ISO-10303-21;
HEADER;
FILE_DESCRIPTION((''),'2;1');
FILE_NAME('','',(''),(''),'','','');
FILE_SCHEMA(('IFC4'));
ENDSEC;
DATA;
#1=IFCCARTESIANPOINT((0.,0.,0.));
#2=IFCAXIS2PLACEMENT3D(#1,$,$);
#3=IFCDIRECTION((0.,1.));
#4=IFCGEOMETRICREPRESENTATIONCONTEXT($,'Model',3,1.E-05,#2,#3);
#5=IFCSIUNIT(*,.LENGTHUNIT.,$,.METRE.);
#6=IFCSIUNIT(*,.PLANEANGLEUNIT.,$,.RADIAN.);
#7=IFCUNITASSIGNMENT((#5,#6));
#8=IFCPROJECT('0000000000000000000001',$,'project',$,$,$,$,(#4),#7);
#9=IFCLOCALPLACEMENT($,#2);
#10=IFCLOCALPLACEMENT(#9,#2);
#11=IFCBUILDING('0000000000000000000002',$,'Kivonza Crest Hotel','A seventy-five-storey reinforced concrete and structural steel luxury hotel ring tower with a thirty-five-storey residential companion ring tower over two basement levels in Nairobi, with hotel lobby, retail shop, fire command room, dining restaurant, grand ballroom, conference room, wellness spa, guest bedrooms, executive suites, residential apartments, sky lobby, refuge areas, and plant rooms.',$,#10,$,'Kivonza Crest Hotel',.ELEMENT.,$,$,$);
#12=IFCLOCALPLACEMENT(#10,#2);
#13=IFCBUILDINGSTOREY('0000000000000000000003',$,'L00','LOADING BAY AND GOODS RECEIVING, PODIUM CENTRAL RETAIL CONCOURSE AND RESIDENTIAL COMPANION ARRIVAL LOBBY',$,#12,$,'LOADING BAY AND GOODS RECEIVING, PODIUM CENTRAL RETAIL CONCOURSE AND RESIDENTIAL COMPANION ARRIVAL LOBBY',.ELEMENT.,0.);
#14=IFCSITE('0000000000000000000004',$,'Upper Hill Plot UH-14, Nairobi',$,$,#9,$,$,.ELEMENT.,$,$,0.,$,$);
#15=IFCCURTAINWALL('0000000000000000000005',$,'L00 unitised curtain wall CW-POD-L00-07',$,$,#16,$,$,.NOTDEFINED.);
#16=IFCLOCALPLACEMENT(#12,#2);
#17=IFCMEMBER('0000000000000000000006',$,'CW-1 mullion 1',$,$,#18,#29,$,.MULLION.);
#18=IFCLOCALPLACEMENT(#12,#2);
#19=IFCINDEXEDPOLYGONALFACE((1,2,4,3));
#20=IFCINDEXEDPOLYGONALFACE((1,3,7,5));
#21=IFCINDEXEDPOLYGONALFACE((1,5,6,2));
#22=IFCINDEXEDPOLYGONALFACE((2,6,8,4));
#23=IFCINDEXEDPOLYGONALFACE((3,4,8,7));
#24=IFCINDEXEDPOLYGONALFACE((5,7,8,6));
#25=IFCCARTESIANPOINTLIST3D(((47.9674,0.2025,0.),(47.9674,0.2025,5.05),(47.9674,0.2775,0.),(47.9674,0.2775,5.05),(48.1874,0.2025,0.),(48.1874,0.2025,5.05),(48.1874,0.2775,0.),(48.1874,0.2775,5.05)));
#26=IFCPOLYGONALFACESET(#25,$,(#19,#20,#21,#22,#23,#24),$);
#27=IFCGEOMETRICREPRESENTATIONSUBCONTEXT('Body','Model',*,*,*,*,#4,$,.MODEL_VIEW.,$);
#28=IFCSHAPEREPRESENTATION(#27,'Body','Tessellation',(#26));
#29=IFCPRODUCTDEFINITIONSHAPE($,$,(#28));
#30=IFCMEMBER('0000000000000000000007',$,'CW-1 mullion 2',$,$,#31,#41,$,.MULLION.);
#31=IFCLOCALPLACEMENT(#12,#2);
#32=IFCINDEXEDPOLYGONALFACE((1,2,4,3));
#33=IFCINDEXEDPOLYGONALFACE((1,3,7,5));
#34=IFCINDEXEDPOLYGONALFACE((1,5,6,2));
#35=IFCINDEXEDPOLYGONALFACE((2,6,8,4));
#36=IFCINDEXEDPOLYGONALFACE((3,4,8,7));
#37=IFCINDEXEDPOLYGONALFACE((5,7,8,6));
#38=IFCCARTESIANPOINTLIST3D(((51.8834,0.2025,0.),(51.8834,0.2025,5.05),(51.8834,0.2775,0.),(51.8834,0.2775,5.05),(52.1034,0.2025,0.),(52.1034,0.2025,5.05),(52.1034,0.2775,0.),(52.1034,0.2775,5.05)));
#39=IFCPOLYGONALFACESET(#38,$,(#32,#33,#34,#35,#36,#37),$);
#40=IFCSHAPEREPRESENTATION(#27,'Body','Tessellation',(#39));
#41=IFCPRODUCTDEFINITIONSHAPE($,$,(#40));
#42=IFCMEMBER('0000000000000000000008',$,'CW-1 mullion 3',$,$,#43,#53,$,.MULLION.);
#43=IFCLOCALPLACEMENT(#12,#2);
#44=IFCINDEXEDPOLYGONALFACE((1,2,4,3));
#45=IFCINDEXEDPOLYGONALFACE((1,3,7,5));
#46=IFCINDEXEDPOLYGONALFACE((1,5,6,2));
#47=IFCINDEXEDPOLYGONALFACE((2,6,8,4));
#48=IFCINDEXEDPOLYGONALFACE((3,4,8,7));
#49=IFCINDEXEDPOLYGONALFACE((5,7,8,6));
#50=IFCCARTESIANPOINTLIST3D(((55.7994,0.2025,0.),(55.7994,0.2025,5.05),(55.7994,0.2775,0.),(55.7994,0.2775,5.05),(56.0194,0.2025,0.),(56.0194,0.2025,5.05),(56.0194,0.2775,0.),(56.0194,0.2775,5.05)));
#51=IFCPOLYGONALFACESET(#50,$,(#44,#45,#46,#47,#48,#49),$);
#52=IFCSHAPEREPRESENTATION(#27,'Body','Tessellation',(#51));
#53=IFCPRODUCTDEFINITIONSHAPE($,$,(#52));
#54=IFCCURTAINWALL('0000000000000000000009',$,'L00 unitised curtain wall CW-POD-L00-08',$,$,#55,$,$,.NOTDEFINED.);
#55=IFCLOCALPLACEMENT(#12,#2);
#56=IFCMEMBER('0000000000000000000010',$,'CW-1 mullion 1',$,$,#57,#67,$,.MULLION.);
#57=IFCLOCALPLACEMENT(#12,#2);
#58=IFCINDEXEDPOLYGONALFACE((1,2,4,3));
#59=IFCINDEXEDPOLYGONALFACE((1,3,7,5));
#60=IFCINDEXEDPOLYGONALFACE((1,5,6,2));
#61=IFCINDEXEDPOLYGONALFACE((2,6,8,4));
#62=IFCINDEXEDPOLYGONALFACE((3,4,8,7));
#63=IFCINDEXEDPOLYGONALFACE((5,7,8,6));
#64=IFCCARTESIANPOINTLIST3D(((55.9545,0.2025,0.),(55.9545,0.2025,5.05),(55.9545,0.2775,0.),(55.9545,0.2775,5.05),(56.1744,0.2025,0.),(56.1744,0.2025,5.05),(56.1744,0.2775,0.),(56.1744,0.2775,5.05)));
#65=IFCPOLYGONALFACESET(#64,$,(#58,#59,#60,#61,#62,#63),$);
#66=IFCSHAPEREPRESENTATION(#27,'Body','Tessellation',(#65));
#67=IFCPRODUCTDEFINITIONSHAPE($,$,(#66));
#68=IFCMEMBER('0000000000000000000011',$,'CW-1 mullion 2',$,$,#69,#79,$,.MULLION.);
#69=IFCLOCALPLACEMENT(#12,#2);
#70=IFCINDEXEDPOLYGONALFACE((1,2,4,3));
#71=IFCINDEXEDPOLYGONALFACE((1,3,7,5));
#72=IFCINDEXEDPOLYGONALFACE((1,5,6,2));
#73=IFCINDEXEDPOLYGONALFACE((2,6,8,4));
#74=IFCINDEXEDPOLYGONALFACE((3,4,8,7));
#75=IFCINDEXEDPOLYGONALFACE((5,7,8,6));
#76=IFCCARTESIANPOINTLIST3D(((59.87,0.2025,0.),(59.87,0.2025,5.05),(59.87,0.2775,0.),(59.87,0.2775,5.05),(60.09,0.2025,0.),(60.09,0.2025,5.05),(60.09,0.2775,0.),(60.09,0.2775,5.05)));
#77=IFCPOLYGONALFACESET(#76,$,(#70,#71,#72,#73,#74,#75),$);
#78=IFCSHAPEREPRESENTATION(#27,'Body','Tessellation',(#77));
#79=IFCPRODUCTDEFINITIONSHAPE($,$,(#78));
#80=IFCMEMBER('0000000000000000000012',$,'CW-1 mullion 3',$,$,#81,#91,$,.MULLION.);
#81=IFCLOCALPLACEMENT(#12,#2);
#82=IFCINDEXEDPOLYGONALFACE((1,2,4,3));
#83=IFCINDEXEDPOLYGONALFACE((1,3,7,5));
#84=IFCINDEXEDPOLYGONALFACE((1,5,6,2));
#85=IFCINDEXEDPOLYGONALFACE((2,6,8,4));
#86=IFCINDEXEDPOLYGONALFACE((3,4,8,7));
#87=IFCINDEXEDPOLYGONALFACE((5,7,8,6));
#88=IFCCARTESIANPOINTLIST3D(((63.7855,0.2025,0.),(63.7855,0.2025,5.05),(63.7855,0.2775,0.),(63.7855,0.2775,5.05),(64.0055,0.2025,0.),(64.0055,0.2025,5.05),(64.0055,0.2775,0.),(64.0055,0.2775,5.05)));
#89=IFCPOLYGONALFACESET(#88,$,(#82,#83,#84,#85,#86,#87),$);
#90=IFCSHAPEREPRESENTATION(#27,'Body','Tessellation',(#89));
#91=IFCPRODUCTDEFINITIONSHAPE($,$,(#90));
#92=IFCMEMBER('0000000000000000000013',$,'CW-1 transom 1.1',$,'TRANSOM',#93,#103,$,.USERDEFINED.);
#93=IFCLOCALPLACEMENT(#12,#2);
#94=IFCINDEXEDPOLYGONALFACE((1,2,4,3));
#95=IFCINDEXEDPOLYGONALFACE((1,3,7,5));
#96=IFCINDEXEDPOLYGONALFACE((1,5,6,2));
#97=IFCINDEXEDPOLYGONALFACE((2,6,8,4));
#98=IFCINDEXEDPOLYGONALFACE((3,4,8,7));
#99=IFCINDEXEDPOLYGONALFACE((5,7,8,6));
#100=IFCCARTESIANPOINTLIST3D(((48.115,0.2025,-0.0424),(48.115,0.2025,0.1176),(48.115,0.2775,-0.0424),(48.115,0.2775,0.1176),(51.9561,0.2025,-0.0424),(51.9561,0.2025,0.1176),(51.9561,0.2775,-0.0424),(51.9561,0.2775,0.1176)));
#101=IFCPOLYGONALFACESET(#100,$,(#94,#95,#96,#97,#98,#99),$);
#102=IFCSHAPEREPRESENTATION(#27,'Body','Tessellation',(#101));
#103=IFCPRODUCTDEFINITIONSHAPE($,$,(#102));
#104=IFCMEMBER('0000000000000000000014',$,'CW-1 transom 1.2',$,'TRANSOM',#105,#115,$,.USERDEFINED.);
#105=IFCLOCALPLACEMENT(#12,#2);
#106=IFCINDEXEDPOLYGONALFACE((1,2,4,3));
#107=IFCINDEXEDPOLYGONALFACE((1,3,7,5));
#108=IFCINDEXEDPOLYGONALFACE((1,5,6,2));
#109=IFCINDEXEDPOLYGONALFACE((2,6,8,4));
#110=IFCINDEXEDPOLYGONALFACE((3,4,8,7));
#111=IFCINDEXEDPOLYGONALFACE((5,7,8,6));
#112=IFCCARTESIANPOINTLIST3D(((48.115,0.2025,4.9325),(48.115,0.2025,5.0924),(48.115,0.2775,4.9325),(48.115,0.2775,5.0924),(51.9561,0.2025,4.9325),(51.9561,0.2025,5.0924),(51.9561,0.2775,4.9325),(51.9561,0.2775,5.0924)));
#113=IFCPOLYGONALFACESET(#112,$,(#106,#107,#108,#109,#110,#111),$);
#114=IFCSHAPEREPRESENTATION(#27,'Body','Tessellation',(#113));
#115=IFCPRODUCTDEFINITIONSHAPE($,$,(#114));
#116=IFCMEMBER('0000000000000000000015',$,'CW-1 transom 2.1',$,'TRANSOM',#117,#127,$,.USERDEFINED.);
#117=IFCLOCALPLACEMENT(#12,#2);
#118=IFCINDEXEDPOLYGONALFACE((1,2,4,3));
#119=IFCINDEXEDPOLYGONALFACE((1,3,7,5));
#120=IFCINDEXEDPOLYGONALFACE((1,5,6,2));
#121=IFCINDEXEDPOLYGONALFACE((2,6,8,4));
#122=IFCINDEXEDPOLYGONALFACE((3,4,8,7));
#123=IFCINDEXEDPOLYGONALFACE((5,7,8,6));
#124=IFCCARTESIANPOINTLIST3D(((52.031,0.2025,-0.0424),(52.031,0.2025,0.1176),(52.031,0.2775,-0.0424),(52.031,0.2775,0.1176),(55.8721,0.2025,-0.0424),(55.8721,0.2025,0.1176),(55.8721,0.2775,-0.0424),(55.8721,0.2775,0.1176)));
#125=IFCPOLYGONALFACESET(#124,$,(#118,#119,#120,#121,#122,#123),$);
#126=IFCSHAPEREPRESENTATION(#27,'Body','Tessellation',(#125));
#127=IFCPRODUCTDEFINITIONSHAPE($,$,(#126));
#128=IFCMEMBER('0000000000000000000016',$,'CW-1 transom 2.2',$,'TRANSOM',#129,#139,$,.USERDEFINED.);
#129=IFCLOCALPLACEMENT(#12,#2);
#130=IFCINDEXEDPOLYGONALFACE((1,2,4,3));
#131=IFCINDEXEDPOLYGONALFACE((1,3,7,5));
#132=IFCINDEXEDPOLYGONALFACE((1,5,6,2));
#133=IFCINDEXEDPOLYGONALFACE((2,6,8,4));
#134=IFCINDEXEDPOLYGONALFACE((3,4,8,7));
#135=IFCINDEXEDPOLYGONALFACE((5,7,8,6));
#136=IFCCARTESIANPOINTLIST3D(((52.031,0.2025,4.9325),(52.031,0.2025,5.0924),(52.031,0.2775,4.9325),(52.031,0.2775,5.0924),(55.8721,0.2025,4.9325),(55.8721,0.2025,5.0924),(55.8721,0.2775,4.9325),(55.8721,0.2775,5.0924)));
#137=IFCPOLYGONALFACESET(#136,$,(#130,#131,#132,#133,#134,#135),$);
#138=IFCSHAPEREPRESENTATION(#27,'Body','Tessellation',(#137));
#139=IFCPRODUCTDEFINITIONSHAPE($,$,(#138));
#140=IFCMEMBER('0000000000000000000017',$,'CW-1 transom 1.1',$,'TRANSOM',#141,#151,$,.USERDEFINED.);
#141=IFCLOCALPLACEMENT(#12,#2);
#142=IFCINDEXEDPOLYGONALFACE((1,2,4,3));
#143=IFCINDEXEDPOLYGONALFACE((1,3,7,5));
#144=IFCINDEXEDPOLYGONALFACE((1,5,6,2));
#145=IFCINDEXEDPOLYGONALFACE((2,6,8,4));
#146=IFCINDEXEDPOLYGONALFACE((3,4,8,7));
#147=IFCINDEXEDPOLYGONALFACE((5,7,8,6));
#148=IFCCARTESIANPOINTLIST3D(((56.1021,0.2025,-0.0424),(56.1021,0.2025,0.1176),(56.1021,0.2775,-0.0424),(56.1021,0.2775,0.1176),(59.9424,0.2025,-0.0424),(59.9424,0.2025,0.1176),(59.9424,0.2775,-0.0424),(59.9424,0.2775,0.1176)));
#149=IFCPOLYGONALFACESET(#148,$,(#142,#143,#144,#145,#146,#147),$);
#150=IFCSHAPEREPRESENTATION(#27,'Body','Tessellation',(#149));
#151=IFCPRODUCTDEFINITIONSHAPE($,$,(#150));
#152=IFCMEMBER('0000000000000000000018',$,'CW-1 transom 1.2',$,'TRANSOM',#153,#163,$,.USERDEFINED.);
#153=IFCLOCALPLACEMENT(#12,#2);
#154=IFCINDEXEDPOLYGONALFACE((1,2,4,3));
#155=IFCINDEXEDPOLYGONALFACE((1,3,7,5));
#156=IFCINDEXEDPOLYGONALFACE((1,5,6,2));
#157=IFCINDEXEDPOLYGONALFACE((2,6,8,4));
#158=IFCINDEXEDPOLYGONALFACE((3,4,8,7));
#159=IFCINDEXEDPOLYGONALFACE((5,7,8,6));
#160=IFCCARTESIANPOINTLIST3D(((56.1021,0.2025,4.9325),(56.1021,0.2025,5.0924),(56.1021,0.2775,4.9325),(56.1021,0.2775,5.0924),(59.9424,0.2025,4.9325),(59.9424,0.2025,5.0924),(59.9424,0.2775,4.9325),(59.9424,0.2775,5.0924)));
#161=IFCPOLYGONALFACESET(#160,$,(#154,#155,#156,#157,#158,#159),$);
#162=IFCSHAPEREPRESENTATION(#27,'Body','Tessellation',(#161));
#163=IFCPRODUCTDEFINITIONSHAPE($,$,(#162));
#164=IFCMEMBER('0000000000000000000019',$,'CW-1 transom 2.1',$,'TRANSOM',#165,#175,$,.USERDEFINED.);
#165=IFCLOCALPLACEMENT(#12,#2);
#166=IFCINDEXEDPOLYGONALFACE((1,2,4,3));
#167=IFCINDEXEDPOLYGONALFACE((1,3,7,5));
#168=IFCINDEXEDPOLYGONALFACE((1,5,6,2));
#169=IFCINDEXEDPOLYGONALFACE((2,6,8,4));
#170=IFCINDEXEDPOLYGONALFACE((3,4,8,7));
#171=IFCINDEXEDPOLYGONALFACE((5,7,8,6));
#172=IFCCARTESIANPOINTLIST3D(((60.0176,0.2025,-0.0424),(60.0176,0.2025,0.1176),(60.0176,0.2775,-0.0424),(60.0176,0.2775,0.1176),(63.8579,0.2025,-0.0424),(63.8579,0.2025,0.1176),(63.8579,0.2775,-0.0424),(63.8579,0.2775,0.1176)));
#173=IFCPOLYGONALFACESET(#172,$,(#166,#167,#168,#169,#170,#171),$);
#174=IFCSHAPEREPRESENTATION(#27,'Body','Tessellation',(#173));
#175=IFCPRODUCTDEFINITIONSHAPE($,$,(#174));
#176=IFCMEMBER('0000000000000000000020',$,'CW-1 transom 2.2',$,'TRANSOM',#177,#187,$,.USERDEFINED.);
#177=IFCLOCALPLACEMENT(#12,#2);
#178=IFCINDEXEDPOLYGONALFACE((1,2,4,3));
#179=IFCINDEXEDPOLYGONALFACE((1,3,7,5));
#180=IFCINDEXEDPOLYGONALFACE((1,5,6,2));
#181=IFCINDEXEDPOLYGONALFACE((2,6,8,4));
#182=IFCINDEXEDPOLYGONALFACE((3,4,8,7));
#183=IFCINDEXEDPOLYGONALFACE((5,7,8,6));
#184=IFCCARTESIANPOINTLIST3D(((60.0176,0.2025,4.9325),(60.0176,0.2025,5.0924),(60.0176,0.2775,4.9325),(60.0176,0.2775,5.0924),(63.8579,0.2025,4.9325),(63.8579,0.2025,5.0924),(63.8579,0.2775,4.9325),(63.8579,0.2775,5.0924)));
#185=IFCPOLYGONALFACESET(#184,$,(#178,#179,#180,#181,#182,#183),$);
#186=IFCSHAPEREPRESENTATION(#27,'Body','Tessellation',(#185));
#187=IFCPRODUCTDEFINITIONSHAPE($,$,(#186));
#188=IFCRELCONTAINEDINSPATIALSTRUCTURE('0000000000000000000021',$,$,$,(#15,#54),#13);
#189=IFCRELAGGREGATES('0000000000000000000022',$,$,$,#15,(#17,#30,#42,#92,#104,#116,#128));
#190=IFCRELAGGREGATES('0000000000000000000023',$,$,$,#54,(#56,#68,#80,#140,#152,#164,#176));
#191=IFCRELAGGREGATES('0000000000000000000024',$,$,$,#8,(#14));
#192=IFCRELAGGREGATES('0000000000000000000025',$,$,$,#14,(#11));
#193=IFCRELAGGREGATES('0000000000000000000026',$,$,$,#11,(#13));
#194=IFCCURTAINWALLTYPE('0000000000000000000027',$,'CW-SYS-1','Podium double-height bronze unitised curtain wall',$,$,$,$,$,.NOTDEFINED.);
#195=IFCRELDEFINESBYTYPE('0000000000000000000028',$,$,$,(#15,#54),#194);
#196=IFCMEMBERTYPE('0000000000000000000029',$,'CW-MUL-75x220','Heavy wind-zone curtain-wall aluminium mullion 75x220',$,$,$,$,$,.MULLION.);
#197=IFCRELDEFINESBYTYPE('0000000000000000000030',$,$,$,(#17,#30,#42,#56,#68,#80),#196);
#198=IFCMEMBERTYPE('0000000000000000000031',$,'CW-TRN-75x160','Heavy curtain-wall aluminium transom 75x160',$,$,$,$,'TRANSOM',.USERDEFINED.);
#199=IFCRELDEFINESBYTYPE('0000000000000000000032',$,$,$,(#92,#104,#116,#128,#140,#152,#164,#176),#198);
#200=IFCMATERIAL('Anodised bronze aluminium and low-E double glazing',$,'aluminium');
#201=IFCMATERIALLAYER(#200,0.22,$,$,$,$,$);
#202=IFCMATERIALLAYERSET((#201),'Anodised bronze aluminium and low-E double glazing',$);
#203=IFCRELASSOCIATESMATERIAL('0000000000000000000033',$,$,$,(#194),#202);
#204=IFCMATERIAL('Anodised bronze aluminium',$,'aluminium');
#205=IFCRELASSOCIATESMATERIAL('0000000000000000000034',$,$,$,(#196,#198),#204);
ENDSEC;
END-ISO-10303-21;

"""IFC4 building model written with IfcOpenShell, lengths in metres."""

from ifc_helpers import new_model, si_unit, direction, frame, origin, origin_2d, place, context, subcontext, project, spatial, rectangle, extrude, material, layer, layer_set, material_profile, profile_set, type_object, element, aggregate, save


model = new_model("IFC4")

# Units and contexts
model_context = context("Model", 3, precision=1e-05, world=origin(), true_north=direction((0.0, 1.0)))
body_context = subcontext(model_context, "Body", "Model", "MODEL_VIEW")
ifc_project = project(units=[si_unit("LENGTHUNIT", "METRE"), si_unit("PLANEANGLEUNIT", "RADIAN")], contexts=[model_context])

# Site, building, storey
site_placement = place(None, origin())
site = spatial("IfcSite", under=ifc_project, at=site_placement, Name="Upper Hill Plot UH-14, Nairobi", CompositionType="ELEMENT", RefElevation=0.0)
building_placement = place(site_placement, origin())
building = spatial("IfcBuilding", under=site, at=building_placement, Name="Kivonza Crest Hotel", Description="A seventy-five-storey reinforced concrete and structural steel luxury hotel ring tower with a thirty-five-storey residential companion ring tower over two basement levels in Nairobi, with hotel lobby, retail shop, fire command room, dining restaurant, grand ballroom, conference room, wellness spa, guest bedrooms, executive suites, residential apartments, sky lobby, refuge areas, and plant rooms.", LongName="Kivonza Crest Hotel", CompositionType="ELEMENT")
storey_placement = place(building_placement, origin())
storey = spatial("IfcBuildingStorey", under=building, at=storey_placement, Name="L00", Description="LOADING BAY AND GOODS RECEIVING, PODIUM CENTRAL RETAIL CONCOURSE AND RESIDENTIAL COMPANION ARRIVAL LOBBY", LongName="LOADING BAY AND GOODS RECEIVING, PODIUM CENTRAL RETAIL CONCOURSE AND RESIDENTIAL COMPANION ARRIVAL LOBBY", CompositionType="ELEMENT", Elevation=0.0)

# Curtain walls, members
ifc_material_1 = material(Name="Anodised bronze aluminium and low-E double glazing", Category="aluminium")
ifc_layer_1 = layer(ifc_material_1, 0.22)
ifc_layer_set_1 = layer_set([ifc_layer_1], Name="Anodised bronze aluminium and low-E double glazing")
curtain_wall_type = type_object("IfcCurtainWallType", Name="CW-SYS-1", Description="Podium double-height bronze unitised curtain wall", PredefinedType="NOTDEFINED", material=ifc_layer_set_1)
curtain_wall_1_placement = place(storey_placement, origin())
curtain_wall_1 = element("IfcCurtainWall", 1, at=curtain_wall_1_placement, inside=storey, type_object=curtain_wall_type, Name="L00 unitised curtain wall CW-POD-L00-07", PredefinedType="NOTDEFINED")
ifc_material_2 = material(Name="Anodised bronze aluminium", Category="aluminium")
ifc_material_profile_1 = material_profile(ifc_material_2, rectangle(XDim=0.075, YDim=0.22, at=origin_2d()), Name="CW-M 75x220")
ifc_profile_set_1 = profile_set([ifc_material_profile_1], Name="Anodised bronze aluminium")
member_type_1 = type_object("IfcMemberType", Name="CW-MUL-75x220", Description="Heavy wind-zone curtain-wall aluminium mullion 75x220", PredefinedType="MULLION", material=ifc_profile_set_1)
member_1_placement = place(storey_placement, frame((48.0774, 0.24, 0.0), z_axis=(0.0, 0.0, 1.0), x_axis=(0.0, 1.0, 0.0)))
member_1 = element("IfcMember", 2, at=member_1_placement, type_object=member_type_1, Name="CW-1 mullion 1", PredefinedType="MULLION", context=body_context, shape_type="SweptSolid", body=[
    extrude(rectangle(XDim=0.075, YDim=0.22, at=origin_2d()), origin(), (0.0, 0.0, 1.0), 5.05),
])
member_2_placement = place(storey_placement, frame((51.9934, 0.24, 0.0), z_axis=(0.0, 0.0, 1.0), x_axis=(0.0, 1.0, 0.0)))
member_2 = element("IfcMember", 3, at=member_2_placement, type_object=member_type_1, Name="CW-1 mullion 2", PredefinedType="MULLION", context=body_context, shape_type="SweptSolid", body=[
    extrude(rectangle(XDim=0.075, YDim=0.22, at=origin_2d()), origin(), (0.0, 0.0, 1.0), 5.05),
])
member_3_placement = place(storey_placement, frame((55.9094, 0.24, 0.0), z_axis=(0.0, 0.0, 1.0), x_axis=(0.0, 1.0, 0.0)))
member_3 = element("IfcMember", 4, at=member_3_placement, type_object=member_type_1, Name="CW-1 mullion 3", PredefinedType="MULLION", context=body_context, shape_type="SweptSolid", body=[
    extrude(rectangle(XDim=0.075, YDim=0.22, at=origin_2d()), origin(), (0.0, 0.0, 1.0), 5.05),
])
curtain_wall_2_placement = place(storey_placement, origin())
curtain_wall_2 = element("IfcCurtainWall", 5, at=curtain_wall_2_placement, inside=storey, type_object=curtain_wall_type, Name="L00 unitised curtain wall CW-POD-L00-08", PredefinedType="NOTDEFINED")
member_4_placement = place(storey_placement, frame((56.0645, 0.24, 0.0), z_axis=(0.0, 0.0, 1.0), x_axis=(0.0, 1.0, 0.0)))
member_4 = element("IfcMember", 6, at=member_4_placement, type_object=member_type_1, Name="CW-1 mullion 1", PredefinedType="MULLION", context=body_context, shape_type="SweptSolid", body=[
    extrude(rectangle(XDim=0.075, YDim=0.22, at=origin_2d()), origin(), (0.0, 0.0, 1.0), 5.05),
])
member_5_placement = place(storey_placement, frame((59.98, 0.24, 0.0), z_axis=(0.0, 0.0, 1.0), x_axis=(0.0, 1.0, 0.0)))
member_5 = element("IfcMember", 7, at=member_5_placement, type_object=member_type_1, Name="CW-1 mullion 2", PredefinedType="MULLION", context=body_context, shape_type="SweptSolid", body=[
    extrude(rectangle(XDim=0.075, YDim=0.22, at=origin_2d()), origin(), (0.0, 0.0, 1.0), 5.05),
])
member_6_placement = place(storey_placement, frame((63.8955, 0.24, 0.0), z_axis=(0.0, 0.0, 1.0), x_axis=(0.0, 1.0, 0.0)))
member_6 = element("IfcMember", 8, at=member_6_placement, type_object=member_type_1, Name="CW-1 mullion 3", PredefinedType="MULLION", context=body_context, shape_type="SweptSolid", body=[
    extrude(rectangle(XDim=0.075, YDim=0.22, at=origin_2d()), origin(), (0.0, 0.0, 1.0), 5.05),
])

# Members
ifc_material_profile_2 = material_profile(ifc_material_2, rectangle(XDim=0.075, YDim=0.1599, at=origin_2d()), Name="CW-T 75x160")
ifc_profile_set_2 = profile_set([ifc_material_profile_2], Name="Anodised bronze aluminium")
member_type_2 = type_object("IfcMemberType", Name="CW-TRN-75x160", Description="Heavy curtain-wall aluminium transom 75x160", ElementType="TRANSOM", PredefinedType="USERDEFINED", material=ifc_profile_set_2)
member_7_placement = place(storey_placement, frame((48.115, 0.24, 0.0376), z_axis=(1.0, 0.0, 0.0), x_axis=(0.0, 1.0, 0.0)))
member_7 = element("IfcMember", 9, at=member_7_placement, type_object=member_type_2, Name="CW-1 transom 1.1", ObjectType="TRANSOM", PredefinedType="USERDEFINED", context=body_context, shape_type="SweptSolid", body=[
    extrude(rectangle(XDim=0.075, YDim=0.1599, at=origin_2d()), origin(), (0.0, 0.0, 1.0), 3.8411),
])
member_8_placement = place(storey_placement, frame((48.115, 0.24, 5.0125), z_axis=(1.0, 0.0, 0.0), x_axis=(0.0, 1.0, 0.0)))
member_8 = element("IfcMember", 10, at=member_8_placement, type_object=member_type_2, Name="CW-1 transom 1.2", ObjectType="TRANSOM", PredefinedType="USERDEFINED", context=body_context, shape_type="SweptSolid", body=[
    extrude(rectangle(XDim=0.075, YDim=0.1599, at=origin_2d()), origin(), (0.0, 0.0, 1.0), 3.8411),
])
member_9_placement = place(storey_placement, frame((52.031, 0.24, 0.0376), z_axis=(1.0, 0.0, 0.0), x_axis=(0.0, 1.0, 0.0)))
member_9 = element("IfcMember", 11, at=member_9_placement, type_object=member_type_2, Name="CW-1 transom 2.1", ObjectType="TRANSOM", PredefinedType="USERDEFINED", context=body_context, shape_type="SweptSolid", body=[
    extrude(rectangle(XDim=0.075, YDim=0.1599, at=origin_2d()), origin(), (0.0, 0.0, 1.0), 3.8411),
])
member_10_placement = place(storey_placement, frame((52.031, 0.24, 5.0125), z_axis=(1.0, 0.0, 0.0), x_axis=(0.0, 1.0, 0.0)))
member_10 = element("IfcMember", 12, at=member_10_placement, type_object=member_type_2, Name="CW-1 transom 2.2", ObjectType="TRANSOM", PredefinedType="USERDEFINED", context=body_context, shape_type="SweptSolid", body=[
    extrude(rectangle(XDim=0.075, YDim=0.1599, at=origin_2d()), origin(), (0.0, 0.0, 1.0), 3.8411),
])
member_11_placement = place(storey_placement, frame((56.1021, 0.24, 0.0376), z_axis=(1.0, 0.0, 0.0), x_axis=(0.0, 1.0, 0.0)))
member_11 = element("IfcMember", 13, at=member_11_placement, type_object=member_type_2, Name="CW-1 transom 1.1", ObjectType="TRANSOM", PredefinedType="USERDEFINED", context=body_context, shape_type="SweptSolid", body=[
    extrude(rectangle(XDim=0.075, YDim=0.1599, at=origin_2d()), origin(), (0.0, 0.0, 1.0), 3.8403),
])
member_12_placement = place(storey_placement, frame((56.1021, 0.24, 5.0125), z_axis=(1.0, 0.0, 0.0), x_axis=(0.0, 1.0, 0.0)))
member_12 = element("IfcMember", 14, at=member_12_placement, type_object=member_type_2, Name="CW-1 transom 1.2", ObjectType="TRANSOM", PredefinedType="USERDEFINED", context=body_context, shape_type="SweptSolid", body=[
    extrude(rectangle(XDim=0.075, YDim=0.1599, at=origin_2d()), origin(), (0.0, 0.0, 1.0), 3.8403),
])
member_13_placement = place(storey_placement, frame((60.0176, 0.24, 0.0376), z_axis=(1.0, 0.0, 0.0), x_axis=(0.0, 1.0, 0.0)))
member_13 = element("IfcMember", 15, at=member_13_placement, type_object=member_type_2, Name="CW-1 transom 2.1", ObjectType="TRANSOM", PredefinedType="USERDEFINED", context=body_context, shape_type="SweptSolid", body=[
    extrude(rectangle(XDim=0.075, YDim=0.1599, at=origin_2d()), origin(), (0.0, 0.0, 1.0), 3.8403),
])
member_14_placement = place(storey_placement, frame((60.0176, 0.24, 5.0125), z_axis=(1.0, 0.0, 0.0), x_axis=(0.0, 1.0, 0.0)))
member_14 = element("IfcMember", 16, at=member_14_placement, type_object=member_type_2, Name="CW-1 transom 2.2", ObjectType="TRANSOM", PredefinedType="USERDEFINED", context=body_context, shape_type="SweptSolid", body=[
    extrude(rectangle(XDim=0.075, YDim=0.1599, at=origin_2d()), origin(), (0.0, 0.0, 1.0), 3.8403),
])

aggregate(curtain_wall_1, [member_1, member_2, member_3, member_7, member_8, member_9, member_10])
aggregate(curtain_wall_2, [member_4, member_5, member_6, member_11, member_12, member_13, member_14])

save(model, "model.ifc")
